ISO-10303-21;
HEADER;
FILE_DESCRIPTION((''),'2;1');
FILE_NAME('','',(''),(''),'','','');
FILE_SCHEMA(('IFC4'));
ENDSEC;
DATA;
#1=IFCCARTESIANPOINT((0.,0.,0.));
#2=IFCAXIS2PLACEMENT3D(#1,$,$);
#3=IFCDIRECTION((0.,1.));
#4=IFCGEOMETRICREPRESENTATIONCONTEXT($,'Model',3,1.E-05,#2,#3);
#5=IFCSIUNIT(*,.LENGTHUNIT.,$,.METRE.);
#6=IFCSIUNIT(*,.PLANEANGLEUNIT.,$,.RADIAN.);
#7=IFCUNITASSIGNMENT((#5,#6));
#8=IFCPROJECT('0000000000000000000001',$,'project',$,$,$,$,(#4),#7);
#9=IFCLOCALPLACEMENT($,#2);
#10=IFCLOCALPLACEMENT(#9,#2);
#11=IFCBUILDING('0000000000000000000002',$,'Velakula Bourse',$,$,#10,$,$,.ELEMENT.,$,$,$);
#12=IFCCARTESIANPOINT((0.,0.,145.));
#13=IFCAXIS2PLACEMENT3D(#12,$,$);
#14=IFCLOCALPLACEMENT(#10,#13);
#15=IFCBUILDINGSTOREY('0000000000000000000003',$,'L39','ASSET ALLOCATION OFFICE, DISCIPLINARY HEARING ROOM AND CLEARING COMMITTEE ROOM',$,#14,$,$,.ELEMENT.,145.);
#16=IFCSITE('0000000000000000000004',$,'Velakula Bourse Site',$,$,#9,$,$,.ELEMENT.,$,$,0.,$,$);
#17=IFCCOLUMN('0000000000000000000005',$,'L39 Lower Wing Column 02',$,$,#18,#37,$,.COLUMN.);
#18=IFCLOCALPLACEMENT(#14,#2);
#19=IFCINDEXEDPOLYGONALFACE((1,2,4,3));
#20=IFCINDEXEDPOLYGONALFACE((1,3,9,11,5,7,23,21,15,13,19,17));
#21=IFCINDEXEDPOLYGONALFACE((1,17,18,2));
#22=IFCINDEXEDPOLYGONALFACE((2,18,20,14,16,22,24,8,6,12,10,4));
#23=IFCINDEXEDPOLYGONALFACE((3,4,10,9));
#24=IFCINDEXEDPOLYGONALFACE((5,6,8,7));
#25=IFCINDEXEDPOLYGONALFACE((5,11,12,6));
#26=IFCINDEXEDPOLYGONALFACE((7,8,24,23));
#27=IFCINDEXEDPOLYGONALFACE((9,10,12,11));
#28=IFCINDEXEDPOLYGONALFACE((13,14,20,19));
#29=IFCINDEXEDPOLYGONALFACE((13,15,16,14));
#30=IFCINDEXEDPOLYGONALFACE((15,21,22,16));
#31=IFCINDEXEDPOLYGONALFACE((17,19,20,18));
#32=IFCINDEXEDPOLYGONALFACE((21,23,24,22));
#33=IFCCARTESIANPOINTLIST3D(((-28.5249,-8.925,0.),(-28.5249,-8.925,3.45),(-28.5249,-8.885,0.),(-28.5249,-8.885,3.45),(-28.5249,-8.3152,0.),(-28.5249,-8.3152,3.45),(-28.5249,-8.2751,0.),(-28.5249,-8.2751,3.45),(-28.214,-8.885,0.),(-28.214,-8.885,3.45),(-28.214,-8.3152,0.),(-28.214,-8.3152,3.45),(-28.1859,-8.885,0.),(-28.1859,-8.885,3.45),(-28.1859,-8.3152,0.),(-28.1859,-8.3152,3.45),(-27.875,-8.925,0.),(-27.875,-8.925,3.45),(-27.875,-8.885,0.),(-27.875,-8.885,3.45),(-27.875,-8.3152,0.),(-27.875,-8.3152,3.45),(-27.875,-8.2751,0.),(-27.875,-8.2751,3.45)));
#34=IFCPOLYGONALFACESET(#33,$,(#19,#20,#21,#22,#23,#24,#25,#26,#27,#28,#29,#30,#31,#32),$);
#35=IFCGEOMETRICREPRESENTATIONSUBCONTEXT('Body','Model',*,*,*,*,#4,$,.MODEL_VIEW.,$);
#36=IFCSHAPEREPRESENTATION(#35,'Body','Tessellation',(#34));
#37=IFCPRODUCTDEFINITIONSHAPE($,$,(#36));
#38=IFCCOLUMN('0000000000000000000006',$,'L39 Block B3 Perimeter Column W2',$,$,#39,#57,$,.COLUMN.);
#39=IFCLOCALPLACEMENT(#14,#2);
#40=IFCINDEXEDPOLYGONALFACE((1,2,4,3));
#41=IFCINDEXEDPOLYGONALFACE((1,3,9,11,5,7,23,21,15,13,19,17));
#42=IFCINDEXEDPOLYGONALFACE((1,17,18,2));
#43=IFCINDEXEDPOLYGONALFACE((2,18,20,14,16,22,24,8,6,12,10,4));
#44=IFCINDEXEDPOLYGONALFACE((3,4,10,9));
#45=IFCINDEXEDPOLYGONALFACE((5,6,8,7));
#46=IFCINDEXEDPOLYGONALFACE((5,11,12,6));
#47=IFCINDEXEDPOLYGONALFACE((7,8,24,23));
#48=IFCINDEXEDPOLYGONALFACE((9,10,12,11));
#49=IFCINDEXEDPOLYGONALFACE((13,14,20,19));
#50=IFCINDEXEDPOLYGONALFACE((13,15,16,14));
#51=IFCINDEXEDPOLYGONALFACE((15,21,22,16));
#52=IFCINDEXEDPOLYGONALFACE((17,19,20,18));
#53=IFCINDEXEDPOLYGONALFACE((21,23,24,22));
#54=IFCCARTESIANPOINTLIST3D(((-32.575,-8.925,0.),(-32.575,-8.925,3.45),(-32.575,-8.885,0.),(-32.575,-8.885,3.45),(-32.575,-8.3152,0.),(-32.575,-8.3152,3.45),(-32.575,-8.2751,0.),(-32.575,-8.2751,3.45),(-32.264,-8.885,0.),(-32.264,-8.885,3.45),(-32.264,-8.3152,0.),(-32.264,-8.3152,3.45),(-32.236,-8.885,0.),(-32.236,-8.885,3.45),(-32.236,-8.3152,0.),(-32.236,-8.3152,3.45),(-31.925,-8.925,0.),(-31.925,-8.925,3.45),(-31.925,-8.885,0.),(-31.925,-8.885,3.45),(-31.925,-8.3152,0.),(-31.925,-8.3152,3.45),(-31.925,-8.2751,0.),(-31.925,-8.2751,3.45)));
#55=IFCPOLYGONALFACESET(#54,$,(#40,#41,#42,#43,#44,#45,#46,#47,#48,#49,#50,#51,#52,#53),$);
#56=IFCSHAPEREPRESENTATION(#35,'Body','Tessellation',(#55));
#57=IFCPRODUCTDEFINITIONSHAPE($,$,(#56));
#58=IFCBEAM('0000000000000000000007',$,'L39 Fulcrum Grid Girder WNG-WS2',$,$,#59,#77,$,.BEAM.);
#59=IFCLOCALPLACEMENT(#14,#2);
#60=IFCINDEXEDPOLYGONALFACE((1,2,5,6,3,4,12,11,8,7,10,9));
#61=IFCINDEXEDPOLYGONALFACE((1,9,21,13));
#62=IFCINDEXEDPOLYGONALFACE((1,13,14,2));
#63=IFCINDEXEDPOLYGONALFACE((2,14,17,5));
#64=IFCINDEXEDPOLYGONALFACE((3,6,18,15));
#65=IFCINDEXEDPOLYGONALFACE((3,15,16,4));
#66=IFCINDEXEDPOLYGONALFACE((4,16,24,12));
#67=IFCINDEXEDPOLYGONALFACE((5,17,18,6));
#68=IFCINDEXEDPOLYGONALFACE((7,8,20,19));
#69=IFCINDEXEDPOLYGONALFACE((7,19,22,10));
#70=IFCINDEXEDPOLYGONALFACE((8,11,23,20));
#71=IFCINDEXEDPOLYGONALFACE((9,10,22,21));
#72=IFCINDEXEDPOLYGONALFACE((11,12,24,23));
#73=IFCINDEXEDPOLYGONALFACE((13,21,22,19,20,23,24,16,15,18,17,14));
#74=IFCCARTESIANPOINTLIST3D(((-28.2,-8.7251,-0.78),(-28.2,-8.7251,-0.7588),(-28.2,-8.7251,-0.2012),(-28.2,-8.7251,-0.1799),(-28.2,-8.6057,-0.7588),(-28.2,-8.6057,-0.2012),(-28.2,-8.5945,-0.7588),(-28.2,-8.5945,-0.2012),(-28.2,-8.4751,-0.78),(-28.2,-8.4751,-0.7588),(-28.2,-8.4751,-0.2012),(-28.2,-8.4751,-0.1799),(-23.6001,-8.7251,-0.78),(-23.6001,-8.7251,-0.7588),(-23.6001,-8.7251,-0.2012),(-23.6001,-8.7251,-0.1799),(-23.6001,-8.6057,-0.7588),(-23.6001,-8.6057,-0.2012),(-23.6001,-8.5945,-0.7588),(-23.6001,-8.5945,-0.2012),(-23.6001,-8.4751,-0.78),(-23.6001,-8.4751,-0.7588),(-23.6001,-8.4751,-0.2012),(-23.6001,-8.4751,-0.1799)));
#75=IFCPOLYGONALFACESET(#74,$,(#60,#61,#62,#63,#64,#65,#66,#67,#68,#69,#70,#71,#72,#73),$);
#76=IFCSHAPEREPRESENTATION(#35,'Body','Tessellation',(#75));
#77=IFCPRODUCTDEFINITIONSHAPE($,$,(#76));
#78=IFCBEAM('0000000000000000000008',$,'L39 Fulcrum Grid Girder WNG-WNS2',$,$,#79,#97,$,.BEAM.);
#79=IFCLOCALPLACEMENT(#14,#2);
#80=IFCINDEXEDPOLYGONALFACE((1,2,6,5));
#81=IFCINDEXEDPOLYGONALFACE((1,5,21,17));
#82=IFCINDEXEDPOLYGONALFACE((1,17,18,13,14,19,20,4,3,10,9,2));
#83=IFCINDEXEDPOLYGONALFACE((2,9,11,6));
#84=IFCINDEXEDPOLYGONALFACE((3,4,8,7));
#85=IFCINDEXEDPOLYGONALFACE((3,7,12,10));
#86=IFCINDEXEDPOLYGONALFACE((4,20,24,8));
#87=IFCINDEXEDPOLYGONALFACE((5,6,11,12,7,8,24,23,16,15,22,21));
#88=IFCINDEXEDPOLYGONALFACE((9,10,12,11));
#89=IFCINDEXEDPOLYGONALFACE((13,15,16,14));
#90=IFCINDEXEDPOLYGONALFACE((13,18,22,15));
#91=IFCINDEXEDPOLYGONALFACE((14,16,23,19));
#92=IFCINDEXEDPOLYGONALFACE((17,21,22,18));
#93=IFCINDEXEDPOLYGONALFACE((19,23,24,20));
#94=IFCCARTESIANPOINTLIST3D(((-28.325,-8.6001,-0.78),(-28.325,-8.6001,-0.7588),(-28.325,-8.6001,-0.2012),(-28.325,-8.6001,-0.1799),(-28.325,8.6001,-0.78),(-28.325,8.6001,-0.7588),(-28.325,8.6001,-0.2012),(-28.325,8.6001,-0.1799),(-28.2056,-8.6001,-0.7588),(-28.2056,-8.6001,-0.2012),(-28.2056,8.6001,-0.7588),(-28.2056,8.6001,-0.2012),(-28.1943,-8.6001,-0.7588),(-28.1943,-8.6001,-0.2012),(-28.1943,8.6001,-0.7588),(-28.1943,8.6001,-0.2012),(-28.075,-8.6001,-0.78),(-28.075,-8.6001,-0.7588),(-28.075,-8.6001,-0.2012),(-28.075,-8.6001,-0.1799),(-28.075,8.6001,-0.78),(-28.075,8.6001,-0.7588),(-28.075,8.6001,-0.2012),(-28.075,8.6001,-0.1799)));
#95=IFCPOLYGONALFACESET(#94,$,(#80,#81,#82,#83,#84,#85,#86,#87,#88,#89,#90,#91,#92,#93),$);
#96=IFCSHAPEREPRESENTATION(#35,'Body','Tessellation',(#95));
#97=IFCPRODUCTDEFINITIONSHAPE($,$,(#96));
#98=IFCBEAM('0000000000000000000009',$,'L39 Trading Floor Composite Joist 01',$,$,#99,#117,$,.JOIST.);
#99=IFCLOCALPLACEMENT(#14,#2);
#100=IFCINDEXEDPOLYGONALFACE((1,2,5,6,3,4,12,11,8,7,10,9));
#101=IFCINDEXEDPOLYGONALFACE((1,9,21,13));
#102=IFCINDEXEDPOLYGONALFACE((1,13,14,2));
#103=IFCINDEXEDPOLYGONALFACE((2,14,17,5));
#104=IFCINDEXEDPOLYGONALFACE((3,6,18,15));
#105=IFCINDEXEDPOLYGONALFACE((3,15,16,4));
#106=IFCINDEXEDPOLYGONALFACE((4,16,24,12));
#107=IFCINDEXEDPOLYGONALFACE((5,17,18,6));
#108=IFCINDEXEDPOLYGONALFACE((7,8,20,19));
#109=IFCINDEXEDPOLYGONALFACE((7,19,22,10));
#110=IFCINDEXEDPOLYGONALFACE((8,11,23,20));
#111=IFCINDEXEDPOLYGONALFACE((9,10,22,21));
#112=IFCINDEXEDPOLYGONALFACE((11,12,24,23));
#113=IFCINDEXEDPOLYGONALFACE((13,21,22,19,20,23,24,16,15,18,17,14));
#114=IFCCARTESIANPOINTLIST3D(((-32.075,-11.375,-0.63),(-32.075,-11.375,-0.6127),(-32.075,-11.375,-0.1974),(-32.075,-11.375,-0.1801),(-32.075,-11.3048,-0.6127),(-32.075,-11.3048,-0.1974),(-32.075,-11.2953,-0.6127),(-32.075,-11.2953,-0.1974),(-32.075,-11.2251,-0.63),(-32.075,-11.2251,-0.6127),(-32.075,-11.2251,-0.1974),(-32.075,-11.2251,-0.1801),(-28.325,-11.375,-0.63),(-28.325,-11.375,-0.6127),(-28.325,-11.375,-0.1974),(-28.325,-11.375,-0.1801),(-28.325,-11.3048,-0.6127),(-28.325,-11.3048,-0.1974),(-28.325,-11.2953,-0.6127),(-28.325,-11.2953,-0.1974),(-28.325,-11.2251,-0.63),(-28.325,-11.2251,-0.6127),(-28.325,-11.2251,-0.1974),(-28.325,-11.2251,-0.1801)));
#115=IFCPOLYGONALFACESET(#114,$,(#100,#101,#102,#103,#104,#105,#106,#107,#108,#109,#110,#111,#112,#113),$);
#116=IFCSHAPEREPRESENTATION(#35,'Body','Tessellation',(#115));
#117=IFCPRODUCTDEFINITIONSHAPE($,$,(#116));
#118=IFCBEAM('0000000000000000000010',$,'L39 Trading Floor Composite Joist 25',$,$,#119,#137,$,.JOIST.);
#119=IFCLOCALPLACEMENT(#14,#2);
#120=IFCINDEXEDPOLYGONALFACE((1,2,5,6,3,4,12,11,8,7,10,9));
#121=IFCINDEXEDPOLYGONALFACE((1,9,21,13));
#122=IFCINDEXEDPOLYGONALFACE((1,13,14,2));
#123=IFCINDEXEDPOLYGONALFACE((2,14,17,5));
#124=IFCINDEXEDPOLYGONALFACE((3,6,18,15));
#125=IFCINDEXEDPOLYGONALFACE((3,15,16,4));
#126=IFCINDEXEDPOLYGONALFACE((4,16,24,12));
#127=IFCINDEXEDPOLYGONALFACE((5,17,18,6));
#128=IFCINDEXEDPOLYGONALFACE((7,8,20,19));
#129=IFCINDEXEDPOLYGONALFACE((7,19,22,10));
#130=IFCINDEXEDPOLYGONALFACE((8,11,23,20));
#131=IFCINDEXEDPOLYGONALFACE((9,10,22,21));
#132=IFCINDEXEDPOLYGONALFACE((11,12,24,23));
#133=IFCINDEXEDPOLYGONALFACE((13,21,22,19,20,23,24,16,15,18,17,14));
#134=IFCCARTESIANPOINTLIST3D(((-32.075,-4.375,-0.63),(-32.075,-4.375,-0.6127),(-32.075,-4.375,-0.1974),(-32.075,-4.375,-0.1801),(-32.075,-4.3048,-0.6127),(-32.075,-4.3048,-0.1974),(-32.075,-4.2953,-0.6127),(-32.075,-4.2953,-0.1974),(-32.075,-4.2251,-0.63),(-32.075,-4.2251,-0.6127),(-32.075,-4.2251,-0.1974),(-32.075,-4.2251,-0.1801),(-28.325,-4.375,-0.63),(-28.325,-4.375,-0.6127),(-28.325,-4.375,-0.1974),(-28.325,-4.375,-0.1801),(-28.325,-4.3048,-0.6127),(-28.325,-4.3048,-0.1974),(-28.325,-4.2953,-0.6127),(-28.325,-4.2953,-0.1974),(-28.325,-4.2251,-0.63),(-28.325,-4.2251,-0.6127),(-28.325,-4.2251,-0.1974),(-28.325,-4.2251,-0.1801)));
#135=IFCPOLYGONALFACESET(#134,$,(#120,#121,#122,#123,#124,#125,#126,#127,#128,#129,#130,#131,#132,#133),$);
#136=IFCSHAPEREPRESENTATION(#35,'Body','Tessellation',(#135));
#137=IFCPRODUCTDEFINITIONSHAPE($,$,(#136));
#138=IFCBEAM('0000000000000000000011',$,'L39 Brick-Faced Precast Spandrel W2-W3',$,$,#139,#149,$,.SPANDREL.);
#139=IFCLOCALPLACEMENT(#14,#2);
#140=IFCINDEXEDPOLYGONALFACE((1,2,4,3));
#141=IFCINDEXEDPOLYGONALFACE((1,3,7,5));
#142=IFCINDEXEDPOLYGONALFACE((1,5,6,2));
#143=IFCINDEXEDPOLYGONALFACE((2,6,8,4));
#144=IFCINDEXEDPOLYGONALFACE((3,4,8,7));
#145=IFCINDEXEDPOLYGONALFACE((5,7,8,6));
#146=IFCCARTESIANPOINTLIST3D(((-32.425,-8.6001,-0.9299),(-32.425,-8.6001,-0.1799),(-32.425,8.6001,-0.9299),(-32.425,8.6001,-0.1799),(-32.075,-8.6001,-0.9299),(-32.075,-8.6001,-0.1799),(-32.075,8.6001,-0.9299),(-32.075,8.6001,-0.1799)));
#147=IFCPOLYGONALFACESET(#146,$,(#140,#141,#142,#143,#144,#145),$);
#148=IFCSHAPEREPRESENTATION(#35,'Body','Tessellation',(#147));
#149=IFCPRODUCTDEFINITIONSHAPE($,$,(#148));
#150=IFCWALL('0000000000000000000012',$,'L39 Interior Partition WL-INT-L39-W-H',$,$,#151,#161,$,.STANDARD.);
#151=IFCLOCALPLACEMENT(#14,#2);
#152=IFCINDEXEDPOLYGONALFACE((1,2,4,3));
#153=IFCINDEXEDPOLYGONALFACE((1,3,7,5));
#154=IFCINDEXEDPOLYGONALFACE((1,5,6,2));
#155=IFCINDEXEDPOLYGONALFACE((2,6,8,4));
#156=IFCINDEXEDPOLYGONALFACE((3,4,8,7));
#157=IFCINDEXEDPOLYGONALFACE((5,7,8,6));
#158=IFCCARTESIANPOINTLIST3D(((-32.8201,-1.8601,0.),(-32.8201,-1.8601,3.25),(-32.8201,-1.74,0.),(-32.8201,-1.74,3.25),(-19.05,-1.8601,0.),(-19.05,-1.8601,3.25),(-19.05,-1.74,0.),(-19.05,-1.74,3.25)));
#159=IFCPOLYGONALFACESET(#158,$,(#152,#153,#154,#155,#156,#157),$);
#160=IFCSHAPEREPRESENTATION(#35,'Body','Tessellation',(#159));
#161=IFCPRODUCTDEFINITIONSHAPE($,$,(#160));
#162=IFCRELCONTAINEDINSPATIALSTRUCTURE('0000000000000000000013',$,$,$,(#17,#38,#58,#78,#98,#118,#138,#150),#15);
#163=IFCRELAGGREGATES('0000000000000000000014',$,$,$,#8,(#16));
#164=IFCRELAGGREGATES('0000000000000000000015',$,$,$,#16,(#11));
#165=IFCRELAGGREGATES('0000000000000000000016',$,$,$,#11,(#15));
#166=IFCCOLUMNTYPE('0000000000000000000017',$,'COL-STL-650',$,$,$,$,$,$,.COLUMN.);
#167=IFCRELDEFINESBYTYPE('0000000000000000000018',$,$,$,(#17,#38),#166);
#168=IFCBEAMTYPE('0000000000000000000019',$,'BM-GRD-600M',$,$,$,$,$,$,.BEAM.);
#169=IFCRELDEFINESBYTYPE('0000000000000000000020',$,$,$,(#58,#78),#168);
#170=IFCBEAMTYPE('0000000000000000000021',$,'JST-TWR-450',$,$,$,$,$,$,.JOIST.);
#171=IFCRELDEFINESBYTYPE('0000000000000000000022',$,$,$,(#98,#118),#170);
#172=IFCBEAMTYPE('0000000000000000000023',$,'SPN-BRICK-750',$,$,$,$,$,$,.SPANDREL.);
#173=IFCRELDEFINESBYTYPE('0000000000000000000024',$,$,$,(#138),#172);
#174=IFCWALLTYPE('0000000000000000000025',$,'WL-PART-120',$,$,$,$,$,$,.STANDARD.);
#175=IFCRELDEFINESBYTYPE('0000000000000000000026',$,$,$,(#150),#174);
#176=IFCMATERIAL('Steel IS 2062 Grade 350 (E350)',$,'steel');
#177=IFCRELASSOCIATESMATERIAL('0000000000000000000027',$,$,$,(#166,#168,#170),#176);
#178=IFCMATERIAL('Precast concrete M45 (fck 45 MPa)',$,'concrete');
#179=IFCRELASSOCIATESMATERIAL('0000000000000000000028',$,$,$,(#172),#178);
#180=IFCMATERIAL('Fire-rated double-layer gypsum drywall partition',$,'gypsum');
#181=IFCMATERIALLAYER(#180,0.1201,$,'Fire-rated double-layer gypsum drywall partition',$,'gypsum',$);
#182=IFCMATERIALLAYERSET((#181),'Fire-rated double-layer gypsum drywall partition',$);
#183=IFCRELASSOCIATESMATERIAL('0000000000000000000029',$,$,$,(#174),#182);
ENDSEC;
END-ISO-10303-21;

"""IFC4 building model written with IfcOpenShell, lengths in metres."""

from ifc_helpers import new_model, si_unit, direction, frame, frame_2d, origin, origin_2d, place, context, subcontext, project, spatial, rectangle, i_section, extrude, material, layer, layer_set, material_profile, profile_set, type_object, element, save


model = new_model("IFC4")

# Units and contexts
model_context = context("Model", 3, precision=1e-05, world=origin(), true_north=direction((0.0, 1.0)))
body_context = subcontext(model_context, "Body", "Model", "MODEL_VIEW")
ifc_project = project(units=[si_unit("LENGTHUNIT", "METRE"), si_unit("PLANEANGLEUNIT", "RADIAN")], contexts=[model_context])

# Site, building, storey
site_placement = place(None, origin())
site = spatial("IfcSite", under=ifc_project, at=site_placement, Name="Velakula Bourse Site", CompositionType="ELEMENT", RefElevation=0.0)
building_placement = place(site_placement, origin())
building = spatial("IfcBuilding", under=site, at=building_placement, Name="Velakula Bourse", CompositionType="ELEMENT")
storey_placement = place(building_placement, frame((0.0, 0.0, 145.0)))
storey = spatial("IfcBuildingStorey", under=building, at=storey_placement, Name="L39", Description="ASSET ALLOCATION OFFICE, DISCIPLINARY HEARING ROOM AND CLEARING COMMITTEE ROOM", CompositionType="ELEMENT", Elevation=145.0)

# Columns
ifc_material_1 = material(Name="Steel IS 2062 Grade 350 (E350)", Category="steel")
ifc_material_profile_1 = material_profile(ifc_material_1, i_section(OverallWidth=0.6499, OverallDepth=0.6499, WebThickness=0.0281, FlangeThickness=0.04, at=origin_2d()), Name="Steel IS 2062 Grade 350 (E350)")
ifc_profile_set_1 = profile_set([ifc_material_profile_1], Name="Steel IS 2062 Grade 350 (E350)")
column_type = type_object("IfcColumnType", Name="COL-STL-650", PredefinedType="COLUMN", material=ifc_profile_set_1)
for number, where, z_axis, x_axis, name in (
    (1, (-28.2, -8.6001, 0.0), (0.0, 0.0, 1.0), (1.0, 0.0, 0.0), "L39 Lower Wing Column 02"),
    (2, (-32.25, -8.6001, 0.0), (0.0, 0.0, 1.0), (1.0, 0.0, 0.0), "L39 Block B3 Perimeter Column W2"),
):
    element("IfcColumn", number, at=place(storey_placement, frame(where, z_axis=z_axis, x_axis=x_axis)), inside=storey, type_object=column_type, Name=name, PredefinedType="COLUMN", context=body_context, shape_type="SweptSolid", body=[
        extrude(i_section(OverallWidth=0.6499, OverallDepth=0.6499, WebThickness=0.0281, FlangeThickness=0.04, at=origin_2d()), origin(), (0.0, 0.0, 1.0), 3.45),
    ])

# Beams
ifc_material_profile_2 = material_profile(ifc_material_1, i_section(OverallWidth=0.25, OverallDepth=0.6001, WebThickness=0.0112, FlangeThickness=0.0212, at=origin_2d()), Name="Steel IS 2062 Grade 350 (E350)")
ifc_profile_set_2 = profile_set([ifc_material_profile_2], Name="Steel IS 2062 Grade 350 (E350)")
beam_type_1 = type_object("IfcBeamType", Name="BM-GRD-600M", PredefinedType="BEAM", material=ifc_profile_set_2)
beam_1_placement = place(storey_placement, frame((-28.2, -8.6001, -0.48), z_axis=(1.0, 0.0, 0.0), x_axis=(0.0, 1.0, 0.0)))
element("IfcBeam", 3, at=beam_1_placement, inside=storey, type_object=beam_type_1, Name="L39 Fulcrum Grid Girder WNG-WS2", PredefinedType="BEAM", context=body_context, shape_type="SweptSolid", body=[
    extrude(i_section(OverallWidth=0.25, OverallDepth=0.6001, WebThickness=0.0112, FlangeThickness=0.0212, at=origin_2d()), origin(), (0.0, 0.0, 1.0), 4.5999),
])
beam_2_placement = place(storey_placement, frame((-28.2, -8.6001, -0.48), z_axis=(0.0, 1.0, 0.0), x_axis=(-1.0, 0.0, 0.0)))
element("IfcBeam", 4, at=beam_2_placement, inside=storey, type_object=beam_type_1, Name="L39 Fulcrum Grid Girder WNG-WNS2", PredefinedType="BEAM", context=body_context, shape_type="SweptSolid", body=[
    extrude(i_section(OverallWidth=0.25, OverallDepth=0.6001, WebThickness=0.0112, FlangeThickness=0.0212, at=origin_2d()), origin(), (0.0, 0.0, 1.0), 17.2002),
])
ifc_material_profile_3 = material_profile(ifc_material_1, i_section(OverallWidth=0.1499, OverallDepth=0.45, WebThickness=0.0095, FlangeThickness=0.0173, at=origin_2d()), Name="Steel IS 2062 Grade 350 (E350)")
ifc_profile_set_3 = profile_set([ifc_material_profile_3], Name="Steel IS 2062 Grade 350 (E350)")
beam_type_2 = type_object("IfcBeamType", Name="JST-TWR-450", PredefinedType="JOIST", material=ifc_profile_set_3)
for number, where, z_axis, x_axis, name in (
    (5, (-32.075, -11.3, -0.405), (1.0, 0.0, 0.0), (0.0, 1.0, 0.0), "L39 Trading Floor Composite Joist 01"),
    (6, (-32.075, -4.3, -0.405), (1.0, 0.0, 0.0), (0.0, 1.0, 0.0), "L39 Trading Floor Composite Joist 25"),
):
    element("IfcBeam", number, at=place(storey_placement, frame(where, z_axis=z_axis, x_axis=x_axis)), inside=storey, type_object=beam_type_2, Name=name, PredefinedType="JOIST", context=body_context, shape_type="SweptSolid", body=[
        extrude(i_section(OverallWidth=0.1499, OverallDepth=0.45, WebThickness=0.0095, FlangeThickness=0.0173, at=origin_2d()), origin(), (0.0, 0.0, 1.0), 3.75),
    ])
ifc_material_2 = material(Name="Precast concrete M45 (fck 45 MPa)", Category="concrete")
ifc_material_profile_4 = material_profile(ifc_material_2, rectangle(XDim=0.3501, YDim=0.75, at=origin_2d()), Name="Precast concrete M45 (fck 45 MPa)")
ifc_profile_set_4 = profile_set([ifc_material_profile_4], Name="Precast concrete M45 (fck 45 MPa)")
beam_type_3 = type_object("IfcBeamType", Name="SPN-BRICK-750", PredefinedType="SPANDREL", material=ifc_profile_set_4)
beam_3_placement = place(storey_placement, frame((-32.25, -8.6001, -0.5549), z_axis=(0.0, 1.0, 0.0), x_axis=(-1.0, 0.0, 0.0)))
element("IfcBeam", 7, at=beam_3_placement, inside=storey, type_object=beam_type_3, Name="L39 Brick-Faced Precast Spandrel W2-W3", PredefinedType="SPANDREL", context=body_context, shape_type="SweptSolid", body=[
    extrude(rectangle(XDim=0.3501, YDim=0.75, at=origin_2d()), origin(), (0.0, 0.0, 1.0), 17.2002),
])

# Wall
ifc_material_3 = material(Name="Fire-rated double-layer gypsum drywall partition", Category="gypsum")
ifc_layer_1 = layer(ifc_material_3, 0.1201, Name="Fire-rated double-layer gypsum drywall partition", Category="gypsum")
ifc_layer_set_1 = layer_set([ifc_layer_1], Name="Fire-rated double-layer gypsum drywall partition")
wall_type_1 = type_object("IfcWallType", Name="WL-PART-120", PredefinedType="STANDARD", material=ifc_layer_set_1)
wall_1_placement = place(storey_placement, frame((-32.8201, -1.8, 0.0), z_axis=(0.0, 0.0, 1.0), x_axis=(1.0, 0.0, 0.0)))
element("IfcWall", 8, at=wall_1_placement, inside=storey, type_object=wall_type_1, Name="L39 Interior Partition WL-INT-L39-W-H", PredefinedType="STANDARD", context=body_context, shape_type="SweptSolid", body=[
    extrude(rectangle(XDim=13.77, YDim=0.1201, at=frame_2d((6.885, 0.0))), origin(), (0.0, 0.0, 1.0), 3.25),
])

save(model, "model.ifc")
